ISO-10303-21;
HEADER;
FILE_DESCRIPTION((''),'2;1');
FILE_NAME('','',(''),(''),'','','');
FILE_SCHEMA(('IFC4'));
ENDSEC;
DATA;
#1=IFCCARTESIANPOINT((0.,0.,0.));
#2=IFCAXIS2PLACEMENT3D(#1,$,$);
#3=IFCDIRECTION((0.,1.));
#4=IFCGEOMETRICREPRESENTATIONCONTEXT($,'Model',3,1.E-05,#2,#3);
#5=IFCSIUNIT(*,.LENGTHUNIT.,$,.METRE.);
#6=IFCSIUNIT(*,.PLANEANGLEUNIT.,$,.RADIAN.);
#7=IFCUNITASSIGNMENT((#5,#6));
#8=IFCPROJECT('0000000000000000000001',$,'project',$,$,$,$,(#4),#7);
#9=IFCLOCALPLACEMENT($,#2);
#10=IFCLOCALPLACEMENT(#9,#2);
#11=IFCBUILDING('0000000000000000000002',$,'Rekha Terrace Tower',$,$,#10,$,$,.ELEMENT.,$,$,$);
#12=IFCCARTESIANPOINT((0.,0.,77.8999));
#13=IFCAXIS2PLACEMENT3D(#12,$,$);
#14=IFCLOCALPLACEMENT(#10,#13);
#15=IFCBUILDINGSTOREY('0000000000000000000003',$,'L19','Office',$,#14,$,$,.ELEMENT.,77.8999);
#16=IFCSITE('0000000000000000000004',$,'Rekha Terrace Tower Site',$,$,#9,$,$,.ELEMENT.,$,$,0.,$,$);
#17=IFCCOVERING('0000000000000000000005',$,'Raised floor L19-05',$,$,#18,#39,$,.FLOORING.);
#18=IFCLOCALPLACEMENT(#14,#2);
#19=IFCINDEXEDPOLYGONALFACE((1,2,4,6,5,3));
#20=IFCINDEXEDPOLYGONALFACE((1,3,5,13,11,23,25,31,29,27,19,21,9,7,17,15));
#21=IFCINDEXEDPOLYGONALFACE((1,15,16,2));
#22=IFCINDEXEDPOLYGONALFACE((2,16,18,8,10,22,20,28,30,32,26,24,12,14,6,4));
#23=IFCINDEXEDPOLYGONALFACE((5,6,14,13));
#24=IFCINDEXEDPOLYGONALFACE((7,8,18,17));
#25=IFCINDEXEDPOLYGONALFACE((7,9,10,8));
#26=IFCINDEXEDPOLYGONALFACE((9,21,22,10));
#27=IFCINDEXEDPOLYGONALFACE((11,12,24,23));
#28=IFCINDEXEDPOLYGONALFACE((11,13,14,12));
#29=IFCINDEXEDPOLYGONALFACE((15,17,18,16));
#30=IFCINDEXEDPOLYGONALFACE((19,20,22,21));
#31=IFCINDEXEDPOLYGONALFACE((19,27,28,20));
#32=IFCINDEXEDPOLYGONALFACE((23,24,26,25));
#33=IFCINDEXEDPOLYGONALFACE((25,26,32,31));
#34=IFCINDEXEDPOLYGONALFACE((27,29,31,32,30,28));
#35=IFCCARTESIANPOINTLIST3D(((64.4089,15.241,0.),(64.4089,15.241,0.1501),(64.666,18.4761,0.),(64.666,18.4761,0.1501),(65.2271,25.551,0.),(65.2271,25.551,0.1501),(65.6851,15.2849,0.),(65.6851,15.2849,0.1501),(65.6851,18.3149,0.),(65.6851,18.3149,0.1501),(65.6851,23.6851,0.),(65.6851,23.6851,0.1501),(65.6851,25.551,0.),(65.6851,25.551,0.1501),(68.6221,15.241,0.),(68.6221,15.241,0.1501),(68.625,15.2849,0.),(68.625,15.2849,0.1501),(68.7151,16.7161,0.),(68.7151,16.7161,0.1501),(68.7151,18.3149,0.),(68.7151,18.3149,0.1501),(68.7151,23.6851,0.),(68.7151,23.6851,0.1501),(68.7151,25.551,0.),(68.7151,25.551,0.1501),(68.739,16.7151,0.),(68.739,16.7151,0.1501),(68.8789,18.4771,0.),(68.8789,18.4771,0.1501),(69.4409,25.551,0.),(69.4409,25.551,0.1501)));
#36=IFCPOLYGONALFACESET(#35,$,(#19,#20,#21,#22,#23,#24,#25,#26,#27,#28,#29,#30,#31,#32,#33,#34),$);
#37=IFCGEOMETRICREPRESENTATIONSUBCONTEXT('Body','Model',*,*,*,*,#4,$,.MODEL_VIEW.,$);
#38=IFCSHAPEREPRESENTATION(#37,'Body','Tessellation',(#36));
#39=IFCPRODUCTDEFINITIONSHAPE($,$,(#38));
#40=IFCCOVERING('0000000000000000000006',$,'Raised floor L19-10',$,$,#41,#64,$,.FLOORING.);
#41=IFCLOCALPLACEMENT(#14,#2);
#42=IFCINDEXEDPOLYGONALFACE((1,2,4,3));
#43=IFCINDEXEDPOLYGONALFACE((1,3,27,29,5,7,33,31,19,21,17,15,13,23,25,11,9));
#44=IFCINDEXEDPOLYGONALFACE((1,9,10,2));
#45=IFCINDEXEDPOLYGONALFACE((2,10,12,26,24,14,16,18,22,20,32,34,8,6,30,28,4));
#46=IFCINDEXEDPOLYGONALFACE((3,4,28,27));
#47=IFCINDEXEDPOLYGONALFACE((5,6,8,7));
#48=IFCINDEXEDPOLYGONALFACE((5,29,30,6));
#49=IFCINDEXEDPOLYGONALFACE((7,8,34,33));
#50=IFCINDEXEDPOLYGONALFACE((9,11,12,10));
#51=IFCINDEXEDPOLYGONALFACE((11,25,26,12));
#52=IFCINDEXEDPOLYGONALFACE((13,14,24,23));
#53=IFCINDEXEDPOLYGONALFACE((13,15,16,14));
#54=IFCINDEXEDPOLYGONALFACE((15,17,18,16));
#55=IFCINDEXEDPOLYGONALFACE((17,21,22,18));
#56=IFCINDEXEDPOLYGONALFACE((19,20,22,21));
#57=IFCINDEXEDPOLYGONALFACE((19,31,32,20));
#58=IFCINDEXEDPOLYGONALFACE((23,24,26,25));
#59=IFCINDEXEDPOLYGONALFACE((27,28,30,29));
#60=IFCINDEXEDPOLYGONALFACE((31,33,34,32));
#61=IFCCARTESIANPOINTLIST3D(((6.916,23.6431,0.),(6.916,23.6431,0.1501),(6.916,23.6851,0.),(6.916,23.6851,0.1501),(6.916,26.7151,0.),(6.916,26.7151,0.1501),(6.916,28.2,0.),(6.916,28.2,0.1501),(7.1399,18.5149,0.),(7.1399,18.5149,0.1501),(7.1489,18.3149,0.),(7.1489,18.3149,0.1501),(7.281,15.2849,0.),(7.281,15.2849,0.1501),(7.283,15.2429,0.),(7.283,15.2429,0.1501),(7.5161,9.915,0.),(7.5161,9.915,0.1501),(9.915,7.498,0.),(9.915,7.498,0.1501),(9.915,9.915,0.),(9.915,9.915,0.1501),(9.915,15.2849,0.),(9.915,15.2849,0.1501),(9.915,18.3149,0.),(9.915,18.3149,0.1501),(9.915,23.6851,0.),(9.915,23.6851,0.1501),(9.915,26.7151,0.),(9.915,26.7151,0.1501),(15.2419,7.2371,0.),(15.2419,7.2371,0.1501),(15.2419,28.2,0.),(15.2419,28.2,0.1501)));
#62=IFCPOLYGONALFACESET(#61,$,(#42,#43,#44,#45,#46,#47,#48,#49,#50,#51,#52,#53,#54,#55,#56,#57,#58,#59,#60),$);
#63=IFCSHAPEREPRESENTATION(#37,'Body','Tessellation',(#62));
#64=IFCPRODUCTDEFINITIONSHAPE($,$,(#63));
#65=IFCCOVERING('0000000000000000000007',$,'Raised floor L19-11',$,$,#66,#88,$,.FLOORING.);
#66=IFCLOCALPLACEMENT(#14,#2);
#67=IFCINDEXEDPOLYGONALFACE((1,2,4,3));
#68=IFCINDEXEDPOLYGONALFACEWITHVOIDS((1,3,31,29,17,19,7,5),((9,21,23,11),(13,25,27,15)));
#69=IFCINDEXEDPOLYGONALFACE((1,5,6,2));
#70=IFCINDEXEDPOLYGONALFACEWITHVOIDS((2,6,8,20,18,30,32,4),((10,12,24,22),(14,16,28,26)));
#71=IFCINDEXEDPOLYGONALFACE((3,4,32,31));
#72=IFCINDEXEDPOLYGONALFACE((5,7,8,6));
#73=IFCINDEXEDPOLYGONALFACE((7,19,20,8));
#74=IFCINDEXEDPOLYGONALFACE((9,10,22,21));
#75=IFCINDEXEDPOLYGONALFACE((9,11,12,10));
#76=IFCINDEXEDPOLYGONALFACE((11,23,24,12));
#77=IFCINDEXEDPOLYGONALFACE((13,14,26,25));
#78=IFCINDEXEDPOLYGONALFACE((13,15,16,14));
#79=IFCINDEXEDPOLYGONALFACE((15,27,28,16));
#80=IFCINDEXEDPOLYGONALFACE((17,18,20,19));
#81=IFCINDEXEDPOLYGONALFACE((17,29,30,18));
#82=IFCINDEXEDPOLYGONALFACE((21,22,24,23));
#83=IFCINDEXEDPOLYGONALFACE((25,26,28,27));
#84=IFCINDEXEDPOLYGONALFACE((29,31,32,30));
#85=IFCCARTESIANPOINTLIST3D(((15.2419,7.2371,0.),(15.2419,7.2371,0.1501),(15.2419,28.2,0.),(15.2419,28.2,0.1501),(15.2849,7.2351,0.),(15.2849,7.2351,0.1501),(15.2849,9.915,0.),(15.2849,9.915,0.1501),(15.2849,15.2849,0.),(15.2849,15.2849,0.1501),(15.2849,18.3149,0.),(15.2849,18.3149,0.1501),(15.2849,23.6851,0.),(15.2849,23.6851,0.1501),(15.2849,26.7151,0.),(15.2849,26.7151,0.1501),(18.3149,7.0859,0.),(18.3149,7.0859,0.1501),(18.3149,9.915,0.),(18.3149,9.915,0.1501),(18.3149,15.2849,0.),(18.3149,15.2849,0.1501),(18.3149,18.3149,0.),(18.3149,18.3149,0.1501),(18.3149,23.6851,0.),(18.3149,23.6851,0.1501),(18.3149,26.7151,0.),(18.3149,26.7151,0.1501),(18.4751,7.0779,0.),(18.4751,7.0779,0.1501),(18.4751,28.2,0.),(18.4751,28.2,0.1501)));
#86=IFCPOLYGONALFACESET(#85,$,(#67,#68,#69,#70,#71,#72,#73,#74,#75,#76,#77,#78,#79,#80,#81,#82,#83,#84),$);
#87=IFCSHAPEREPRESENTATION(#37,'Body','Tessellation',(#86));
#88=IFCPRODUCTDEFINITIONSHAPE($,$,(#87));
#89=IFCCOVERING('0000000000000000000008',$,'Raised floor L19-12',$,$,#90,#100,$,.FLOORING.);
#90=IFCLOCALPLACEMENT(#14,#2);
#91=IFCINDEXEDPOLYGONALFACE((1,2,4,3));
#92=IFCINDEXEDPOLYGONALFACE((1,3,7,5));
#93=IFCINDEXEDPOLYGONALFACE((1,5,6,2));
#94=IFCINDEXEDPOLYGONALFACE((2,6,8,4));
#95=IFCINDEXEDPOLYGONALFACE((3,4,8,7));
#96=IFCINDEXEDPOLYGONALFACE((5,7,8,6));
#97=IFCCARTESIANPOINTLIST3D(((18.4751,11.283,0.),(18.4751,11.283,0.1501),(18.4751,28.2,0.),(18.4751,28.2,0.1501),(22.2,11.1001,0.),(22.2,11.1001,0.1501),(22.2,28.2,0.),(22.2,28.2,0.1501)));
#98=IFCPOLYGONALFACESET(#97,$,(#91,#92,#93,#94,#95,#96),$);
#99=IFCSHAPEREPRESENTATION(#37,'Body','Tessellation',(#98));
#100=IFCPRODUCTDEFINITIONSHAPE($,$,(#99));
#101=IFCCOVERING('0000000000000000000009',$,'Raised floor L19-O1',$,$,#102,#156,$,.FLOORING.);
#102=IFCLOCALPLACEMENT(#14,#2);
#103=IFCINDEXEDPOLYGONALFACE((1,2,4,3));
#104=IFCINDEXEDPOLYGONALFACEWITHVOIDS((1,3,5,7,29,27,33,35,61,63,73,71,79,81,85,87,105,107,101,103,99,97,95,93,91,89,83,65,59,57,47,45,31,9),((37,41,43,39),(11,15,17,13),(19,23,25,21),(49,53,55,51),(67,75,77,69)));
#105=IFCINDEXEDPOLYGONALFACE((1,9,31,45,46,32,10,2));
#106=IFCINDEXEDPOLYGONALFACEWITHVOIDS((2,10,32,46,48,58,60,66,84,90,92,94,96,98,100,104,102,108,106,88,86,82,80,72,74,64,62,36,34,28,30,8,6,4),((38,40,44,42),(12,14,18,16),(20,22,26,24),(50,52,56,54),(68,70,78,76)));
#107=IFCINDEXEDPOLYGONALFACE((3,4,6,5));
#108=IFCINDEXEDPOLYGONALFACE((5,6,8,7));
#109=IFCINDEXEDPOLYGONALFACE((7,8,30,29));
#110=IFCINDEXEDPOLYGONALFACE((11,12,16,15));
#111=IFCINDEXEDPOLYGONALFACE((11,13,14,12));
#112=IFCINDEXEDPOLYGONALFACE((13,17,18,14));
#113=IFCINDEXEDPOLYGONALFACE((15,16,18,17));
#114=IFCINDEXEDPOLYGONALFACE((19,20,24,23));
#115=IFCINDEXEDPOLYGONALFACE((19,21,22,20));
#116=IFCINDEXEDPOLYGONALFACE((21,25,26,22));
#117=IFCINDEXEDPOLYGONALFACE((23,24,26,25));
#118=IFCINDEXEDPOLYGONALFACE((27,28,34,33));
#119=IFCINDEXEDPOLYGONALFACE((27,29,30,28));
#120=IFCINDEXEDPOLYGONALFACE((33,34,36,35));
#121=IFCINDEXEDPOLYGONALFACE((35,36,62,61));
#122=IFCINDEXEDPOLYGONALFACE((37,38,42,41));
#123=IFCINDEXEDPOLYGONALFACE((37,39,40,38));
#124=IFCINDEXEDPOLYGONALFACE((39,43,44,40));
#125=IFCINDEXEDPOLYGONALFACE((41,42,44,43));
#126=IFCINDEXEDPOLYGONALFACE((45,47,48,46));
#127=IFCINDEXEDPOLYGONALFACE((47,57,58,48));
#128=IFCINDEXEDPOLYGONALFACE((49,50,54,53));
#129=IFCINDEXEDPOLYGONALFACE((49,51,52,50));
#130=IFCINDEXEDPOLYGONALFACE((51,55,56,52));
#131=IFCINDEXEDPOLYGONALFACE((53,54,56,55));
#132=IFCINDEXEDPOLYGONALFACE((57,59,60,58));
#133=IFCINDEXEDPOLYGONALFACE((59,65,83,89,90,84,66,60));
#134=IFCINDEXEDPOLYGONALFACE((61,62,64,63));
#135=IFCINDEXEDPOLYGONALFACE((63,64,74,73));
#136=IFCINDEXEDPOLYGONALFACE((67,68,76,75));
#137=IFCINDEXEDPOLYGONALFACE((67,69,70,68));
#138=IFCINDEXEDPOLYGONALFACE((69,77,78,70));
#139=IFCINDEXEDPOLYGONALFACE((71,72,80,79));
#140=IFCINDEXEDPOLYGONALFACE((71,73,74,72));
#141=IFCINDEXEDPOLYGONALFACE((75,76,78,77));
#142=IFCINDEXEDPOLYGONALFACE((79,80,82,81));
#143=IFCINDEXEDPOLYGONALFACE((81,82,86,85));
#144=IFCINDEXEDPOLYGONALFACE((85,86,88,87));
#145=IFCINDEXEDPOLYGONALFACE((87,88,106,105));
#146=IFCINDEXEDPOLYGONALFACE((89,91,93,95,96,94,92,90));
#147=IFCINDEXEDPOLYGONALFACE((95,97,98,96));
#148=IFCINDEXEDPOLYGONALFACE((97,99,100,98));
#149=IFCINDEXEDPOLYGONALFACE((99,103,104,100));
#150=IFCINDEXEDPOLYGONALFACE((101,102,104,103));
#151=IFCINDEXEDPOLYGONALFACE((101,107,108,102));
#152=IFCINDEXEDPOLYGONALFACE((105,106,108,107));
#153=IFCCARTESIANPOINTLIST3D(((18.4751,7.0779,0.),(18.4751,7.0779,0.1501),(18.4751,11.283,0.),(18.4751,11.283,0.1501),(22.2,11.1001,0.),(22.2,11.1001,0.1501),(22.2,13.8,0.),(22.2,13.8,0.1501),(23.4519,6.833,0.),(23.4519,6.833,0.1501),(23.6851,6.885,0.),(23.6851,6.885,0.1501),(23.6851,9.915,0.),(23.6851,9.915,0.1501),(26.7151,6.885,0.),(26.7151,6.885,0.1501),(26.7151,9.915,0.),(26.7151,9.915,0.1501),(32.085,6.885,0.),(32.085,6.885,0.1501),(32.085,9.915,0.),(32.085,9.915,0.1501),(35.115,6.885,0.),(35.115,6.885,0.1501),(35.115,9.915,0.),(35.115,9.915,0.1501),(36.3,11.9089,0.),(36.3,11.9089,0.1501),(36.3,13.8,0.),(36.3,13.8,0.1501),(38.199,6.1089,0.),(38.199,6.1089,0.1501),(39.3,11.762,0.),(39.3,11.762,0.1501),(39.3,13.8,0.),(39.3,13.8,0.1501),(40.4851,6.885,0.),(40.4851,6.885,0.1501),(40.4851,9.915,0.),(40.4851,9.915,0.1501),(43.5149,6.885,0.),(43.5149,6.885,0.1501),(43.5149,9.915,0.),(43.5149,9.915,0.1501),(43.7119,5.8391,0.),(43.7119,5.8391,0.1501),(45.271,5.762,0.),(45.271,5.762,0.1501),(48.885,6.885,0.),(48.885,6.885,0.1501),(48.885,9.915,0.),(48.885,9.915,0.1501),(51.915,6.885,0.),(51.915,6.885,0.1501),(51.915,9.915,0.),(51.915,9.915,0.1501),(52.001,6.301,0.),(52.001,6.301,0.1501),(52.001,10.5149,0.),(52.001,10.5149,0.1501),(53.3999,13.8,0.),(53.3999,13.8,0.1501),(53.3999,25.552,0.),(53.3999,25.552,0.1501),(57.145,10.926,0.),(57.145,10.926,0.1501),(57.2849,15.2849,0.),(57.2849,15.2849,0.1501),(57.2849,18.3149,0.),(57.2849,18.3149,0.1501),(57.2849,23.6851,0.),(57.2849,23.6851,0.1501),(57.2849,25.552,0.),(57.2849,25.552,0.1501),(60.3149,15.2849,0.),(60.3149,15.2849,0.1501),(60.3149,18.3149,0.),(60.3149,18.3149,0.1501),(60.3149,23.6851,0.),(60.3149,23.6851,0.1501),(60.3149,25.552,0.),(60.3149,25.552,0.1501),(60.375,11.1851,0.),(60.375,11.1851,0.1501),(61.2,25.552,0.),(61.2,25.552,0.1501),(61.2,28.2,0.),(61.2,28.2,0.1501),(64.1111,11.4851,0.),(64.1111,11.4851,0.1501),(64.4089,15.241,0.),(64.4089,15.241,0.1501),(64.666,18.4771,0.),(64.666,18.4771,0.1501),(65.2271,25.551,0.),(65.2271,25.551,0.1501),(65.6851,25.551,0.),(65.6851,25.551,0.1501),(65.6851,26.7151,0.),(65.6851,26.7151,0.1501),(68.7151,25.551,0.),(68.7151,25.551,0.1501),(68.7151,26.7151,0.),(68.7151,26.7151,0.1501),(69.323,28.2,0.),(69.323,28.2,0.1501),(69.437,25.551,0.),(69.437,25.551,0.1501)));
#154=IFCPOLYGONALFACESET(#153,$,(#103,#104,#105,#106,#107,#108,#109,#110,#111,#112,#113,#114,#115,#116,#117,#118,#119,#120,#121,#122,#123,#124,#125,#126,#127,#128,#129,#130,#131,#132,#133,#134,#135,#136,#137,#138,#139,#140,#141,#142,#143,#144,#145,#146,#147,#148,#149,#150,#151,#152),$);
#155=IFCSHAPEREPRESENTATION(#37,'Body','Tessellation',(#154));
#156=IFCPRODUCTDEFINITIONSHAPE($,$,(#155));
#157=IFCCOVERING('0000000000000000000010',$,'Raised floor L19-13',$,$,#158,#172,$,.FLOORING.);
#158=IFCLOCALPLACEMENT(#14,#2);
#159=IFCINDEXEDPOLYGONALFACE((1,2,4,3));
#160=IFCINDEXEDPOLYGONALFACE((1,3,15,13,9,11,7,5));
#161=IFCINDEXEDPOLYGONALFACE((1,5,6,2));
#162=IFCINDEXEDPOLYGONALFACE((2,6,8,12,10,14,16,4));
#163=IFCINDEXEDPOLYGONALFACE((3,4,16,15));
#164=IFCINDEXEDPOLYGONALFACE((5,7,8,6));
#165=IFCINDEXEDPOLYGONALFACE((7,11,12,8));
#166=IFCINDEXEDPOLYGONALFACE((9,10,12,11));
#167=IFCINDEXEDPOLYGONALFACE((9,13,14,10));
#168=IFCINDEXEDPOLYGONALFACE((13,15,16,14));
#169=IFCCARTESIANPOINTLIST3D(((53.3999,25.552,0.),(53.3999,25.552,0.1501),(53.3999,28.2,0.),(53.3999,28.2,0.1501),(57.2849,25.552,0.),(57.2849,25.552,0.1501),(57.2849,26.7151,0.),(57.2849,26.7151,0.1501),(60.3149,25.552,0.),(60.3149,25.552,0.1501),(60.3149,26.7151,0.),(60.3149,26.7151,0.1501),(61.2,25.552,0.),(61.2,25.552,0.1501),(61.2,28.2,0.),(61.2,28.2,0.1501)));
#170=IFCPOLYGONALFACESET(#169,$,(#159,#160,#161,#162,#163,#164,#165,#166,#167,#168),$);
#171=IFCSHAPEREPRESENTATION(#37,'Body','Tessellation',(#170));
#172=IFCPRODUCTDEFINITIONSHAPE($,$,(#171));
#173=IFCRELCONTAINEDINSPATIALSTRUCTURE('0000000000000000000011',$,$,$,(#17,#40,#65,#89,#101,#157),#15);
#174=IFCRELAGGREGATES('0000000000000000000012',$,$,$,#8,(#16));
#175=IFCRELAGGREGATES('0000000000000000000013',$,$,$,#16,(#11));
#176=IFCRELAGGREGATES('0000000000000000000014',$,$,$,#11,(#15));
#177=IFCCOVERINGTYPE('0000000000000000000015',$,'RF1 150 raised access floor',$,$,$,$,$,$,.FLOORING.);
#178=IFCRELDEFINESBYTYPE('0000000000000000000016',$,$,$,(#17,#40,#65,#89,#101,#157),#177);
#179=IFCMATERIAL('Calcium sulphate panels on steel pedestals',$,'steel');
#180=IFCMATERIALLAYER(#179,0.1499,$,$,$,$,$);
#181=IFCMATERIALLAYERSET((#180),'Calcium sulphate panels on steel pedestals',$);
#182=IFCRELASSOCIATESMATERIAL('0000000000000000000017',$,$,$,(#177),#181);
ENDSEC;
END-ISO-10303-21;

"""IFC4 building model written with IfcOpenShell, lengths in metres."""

from ifc_helpers import new_model, si_unit, direction, frame, origin, place, context, subcontext, project, spatial, polyline, outline, extrude, material, layer, layer_set, type_object, element, save


model = new_model("IFC4")

# Units and contexts
model_context = context("Model", 3, precision=1e-05, world=origin(), true_north=direction((0.0, 1.0)))
body_context = subcontext(model_context, "Body", "Model", "MODEL_VIEW")
ifc_project = project(units=[si_unit("LENGTHUNIT", "METRE"), si_unit("PLANEANGLEUNIT", "RADIAN")], contexts=[model_context])

# Site, building, storey
site_placement = place(None, origin())
site = spatial("IfcSite", under=ifc_project, at=site_placement, Name="Rekha Terrace Tower Site", CompositionType="ELEMENT", RefElevation=0.0)
building_placement = place(site_placement, origin())
building = spatial("IfcBuilding", under=site, at=building_placement, Name="Rekha Terrace Tower", CompositionType="ELEMENT")
storey_placement = place(building_placement, frame((0.0, 0.0, 77.8999)))
storey = spatial("IfcBuildingStorey", under=building, at=storey_placement, Name="L19", Description="Office", CompositionType="ELEMENT", Elevation=77.8999)

# Coverings
ifc_material_1 = material(Name="Calcium sulphate panels on steel pedestals", Category="steel")
ifc_layer_1 = layer(ifc_material_1, 0.1499)
ifc_layer_set_1 = layer_set([ifc_layer_1], Name="Calcium sulphate panels on steel pedestals")
covering_type_1 = type_object("IfcCoveringType", Name="RF1 150 raised access floor", PredefinedType="FLOORING", material=ifc_layer_set_1)
covering_1_placement = place(storey_placement, origin())
element("IfcCovering", 1, at=covering_1_placement, inside=storey, type_object=covering_type_1, Name="Raised floor L19-05", PredefinedType="FLOORING", context=body_context, shape_type="SweptSolid", body=[
    extrude(outline(polyline([(65.6851, 23.6851), (65.6851, 25.551), (65.2271, 25.551), (64.666, 18.4761), (64.4089, 15.241), (68.6221, 15.241), (68.625, 15.2849), (65.6851, 15.2849), (65.6851, 18.3149), (68.7151, 18.3149), (68.7151, 16.7161), (68.739, 16.7151), (68.8789, 18.4771), (69.4409, 25.551), (68.7151, 25.551), (68.7151, 23.6851), (65.6851, 23.6851)])), origin(), (0.0, 0.0, 1.0), 0.1501),
])
covering_2_placement = place(storey_placement, origin())
element("IfcCovering", 2, at=covering_2_placement, inside=storey, type_object=covering_type_1, Name="Raised floor L19-10", PredefinedType="FLOORING", context=body_context, shape_type="SweptSolid", body=[
    extrude(outline(polyline([(9.915, 15.2849), (7.281, 15.2849), (7.283, 15.2429), (7.5161, 9.915), (9.915, 9.915), (9.915, 7.498), (15.2419, 7.2371), (15.2419, 28.2), (6.916, 28.2), (6.916, 26.7151), (9.915, 26.7151), (9.915, 23.6851), (6.916, 23.6851), (6.916, 23.6431), (7.1399, 18.5149), (7.1489, 18.3149), (9.915, 18.3149), (9.915, 15.2849)])), origin(), (0.0, 0.0, 1.0), 0.1501),
])
covering_3_placement = place(storey_placement, origin())
element("IfcCovering", 3, at=covering_3_placement, inside=storey, type_object=covering_type_1, Name="Raised floor L19-11", PredefinedType="FLOORING", context=body_context, shape_type="SweptSolid", body=[
    extrude(outline(polyline([(18.4751, 28.2), (15.2419, 28.2), (15.2419, 7.2371), (15.2849, 7.2351), (15.2849, 9.915), (18.3149, 9.915), (18.3149, 7.0859), (18.4751, 7.0779), (18.4751, 28.2)]), holes=[polyline([(18.3149, 15.2849), (15.2849, 15.2849), (15.2849, 18.3149), (18.3149, 18.3149), (18.3149, 15.2849)]), polyline([(18.3149, 23.6851), (15.2849, 23.6851), (15.2849, 26.7151), (18.3149, 26.7151), (18.3149, 23.6851)])]), origin(), (0.0, 0.0, 1.0), 0.1501),
])
covering_4_placement = place(storey_placement, origin())
element("IfcCovering", 4, at=covering_4_placement, inside=storey, type_object=covering_type_1, Name="Raised floor L19-12", PredefinedType="FLOORING", context=body_context, shape_type="SweptSolid", body=[
    extrude(outline(polyline([(22.2, 11.1001), (22.2, 28.2), (18.4751, 28.2), (18.4751, 11.283), (22.2, 11.1001)])), origin(), (0.0, 0.0, 1.0), 0.1501),
])
covering_5_placement = place(storey_placement, origin())
element("IfcCovering", 5, at=covering_5_placement, inside=storey, type_object=covering_type_1, Name="Raised floor L19-O1", PredefinedType="FLOORING", context=body_context, shape_type="SweptSolid", body=[
    extrude(outline(polyline([(36.3, 13.8), (22.2, 13.8), (22.2, 11.1001), (18.4751, 11.283), (18.4751, 7.0779), (23.4519, 6.833), (38.199, 6.1089), (43.7119, 5.8391), (45.271, 5.762), (52.001, 6.301), (52.001, 10.5149), (57.145, 10.926), (60.375, 11.1851), (64.1111, 11.4851), (64.4089, 15.241), (64.666, 18.4771), (65.2271, 25.551), (65.6851, 25.551), (65.6851, 26.7151), (68.7151, 26.7151), (68.7151, 25.551), (69.437, 25.551), (69.323, 28.2), (61.2, 28.2), (61.2, 25.552), (60.3149, 25.552), (60.3149, 23.6851), (57.2849, 23.6851), (57.2849, 25.552), (53.3999, 25.552), (53.3999, 13.8), (39.3, 13.8), (39.3, 11.762), (36.3, 11.9089), (36.3, 13.8)]), holes=[polyline([(60.3149, 18.3149), (60.3149, 15.2849), (57.2849, 15.2849), (57.2849, 18.3149), (60.3149, 18.3149)]), polyline([(51.915, 6.885), (48.885, 6.885), (48.885, 9.915), (51.915, 9.915), (51.915, 6.885)]), polyline([(43.5149, 6.885), (40.4851, 6.885), (40.4851, 9.915), (43.5149, 9.915), (43.5149, 6.885)]), polyline([(35.115, 6.885), (32.085, 6.885), (32.085, 9.915), (35.115, 9.915), (35.115, 6.885)]), polyline([(26.7151, 9.915), (26.7151, 6.885), (23.6851, 6.885), (23.6851, 9.915), (26.7151, 9.915)])]), origin(), (0.0, 0.0, 1.0), 0.1501),
])
covering_6_placement = place(storey_placement, origin())
element("IfcCovering", 6, at=covering_6_placement, inside=storey, type_object=covering_type_1, Name="Raised floor L19-13", PredefinedType="FLOORING", context=body_context, shape_type="SweptSolid", body=[
    extrude(outline(polyline([(60.3149, 26.7151), (60.3149, 25.552), (61.2, 25.552), (61.2, 28.2), (53.3999, 28.2), (53.3999, 25.552), (57.2849, 25.552), (57.2849, 26.7151), (60.3149, 26.7151)])), origin(), (0.0, 0.0, 1.0), 0.1501),
])

save(model, "model.ifc")
